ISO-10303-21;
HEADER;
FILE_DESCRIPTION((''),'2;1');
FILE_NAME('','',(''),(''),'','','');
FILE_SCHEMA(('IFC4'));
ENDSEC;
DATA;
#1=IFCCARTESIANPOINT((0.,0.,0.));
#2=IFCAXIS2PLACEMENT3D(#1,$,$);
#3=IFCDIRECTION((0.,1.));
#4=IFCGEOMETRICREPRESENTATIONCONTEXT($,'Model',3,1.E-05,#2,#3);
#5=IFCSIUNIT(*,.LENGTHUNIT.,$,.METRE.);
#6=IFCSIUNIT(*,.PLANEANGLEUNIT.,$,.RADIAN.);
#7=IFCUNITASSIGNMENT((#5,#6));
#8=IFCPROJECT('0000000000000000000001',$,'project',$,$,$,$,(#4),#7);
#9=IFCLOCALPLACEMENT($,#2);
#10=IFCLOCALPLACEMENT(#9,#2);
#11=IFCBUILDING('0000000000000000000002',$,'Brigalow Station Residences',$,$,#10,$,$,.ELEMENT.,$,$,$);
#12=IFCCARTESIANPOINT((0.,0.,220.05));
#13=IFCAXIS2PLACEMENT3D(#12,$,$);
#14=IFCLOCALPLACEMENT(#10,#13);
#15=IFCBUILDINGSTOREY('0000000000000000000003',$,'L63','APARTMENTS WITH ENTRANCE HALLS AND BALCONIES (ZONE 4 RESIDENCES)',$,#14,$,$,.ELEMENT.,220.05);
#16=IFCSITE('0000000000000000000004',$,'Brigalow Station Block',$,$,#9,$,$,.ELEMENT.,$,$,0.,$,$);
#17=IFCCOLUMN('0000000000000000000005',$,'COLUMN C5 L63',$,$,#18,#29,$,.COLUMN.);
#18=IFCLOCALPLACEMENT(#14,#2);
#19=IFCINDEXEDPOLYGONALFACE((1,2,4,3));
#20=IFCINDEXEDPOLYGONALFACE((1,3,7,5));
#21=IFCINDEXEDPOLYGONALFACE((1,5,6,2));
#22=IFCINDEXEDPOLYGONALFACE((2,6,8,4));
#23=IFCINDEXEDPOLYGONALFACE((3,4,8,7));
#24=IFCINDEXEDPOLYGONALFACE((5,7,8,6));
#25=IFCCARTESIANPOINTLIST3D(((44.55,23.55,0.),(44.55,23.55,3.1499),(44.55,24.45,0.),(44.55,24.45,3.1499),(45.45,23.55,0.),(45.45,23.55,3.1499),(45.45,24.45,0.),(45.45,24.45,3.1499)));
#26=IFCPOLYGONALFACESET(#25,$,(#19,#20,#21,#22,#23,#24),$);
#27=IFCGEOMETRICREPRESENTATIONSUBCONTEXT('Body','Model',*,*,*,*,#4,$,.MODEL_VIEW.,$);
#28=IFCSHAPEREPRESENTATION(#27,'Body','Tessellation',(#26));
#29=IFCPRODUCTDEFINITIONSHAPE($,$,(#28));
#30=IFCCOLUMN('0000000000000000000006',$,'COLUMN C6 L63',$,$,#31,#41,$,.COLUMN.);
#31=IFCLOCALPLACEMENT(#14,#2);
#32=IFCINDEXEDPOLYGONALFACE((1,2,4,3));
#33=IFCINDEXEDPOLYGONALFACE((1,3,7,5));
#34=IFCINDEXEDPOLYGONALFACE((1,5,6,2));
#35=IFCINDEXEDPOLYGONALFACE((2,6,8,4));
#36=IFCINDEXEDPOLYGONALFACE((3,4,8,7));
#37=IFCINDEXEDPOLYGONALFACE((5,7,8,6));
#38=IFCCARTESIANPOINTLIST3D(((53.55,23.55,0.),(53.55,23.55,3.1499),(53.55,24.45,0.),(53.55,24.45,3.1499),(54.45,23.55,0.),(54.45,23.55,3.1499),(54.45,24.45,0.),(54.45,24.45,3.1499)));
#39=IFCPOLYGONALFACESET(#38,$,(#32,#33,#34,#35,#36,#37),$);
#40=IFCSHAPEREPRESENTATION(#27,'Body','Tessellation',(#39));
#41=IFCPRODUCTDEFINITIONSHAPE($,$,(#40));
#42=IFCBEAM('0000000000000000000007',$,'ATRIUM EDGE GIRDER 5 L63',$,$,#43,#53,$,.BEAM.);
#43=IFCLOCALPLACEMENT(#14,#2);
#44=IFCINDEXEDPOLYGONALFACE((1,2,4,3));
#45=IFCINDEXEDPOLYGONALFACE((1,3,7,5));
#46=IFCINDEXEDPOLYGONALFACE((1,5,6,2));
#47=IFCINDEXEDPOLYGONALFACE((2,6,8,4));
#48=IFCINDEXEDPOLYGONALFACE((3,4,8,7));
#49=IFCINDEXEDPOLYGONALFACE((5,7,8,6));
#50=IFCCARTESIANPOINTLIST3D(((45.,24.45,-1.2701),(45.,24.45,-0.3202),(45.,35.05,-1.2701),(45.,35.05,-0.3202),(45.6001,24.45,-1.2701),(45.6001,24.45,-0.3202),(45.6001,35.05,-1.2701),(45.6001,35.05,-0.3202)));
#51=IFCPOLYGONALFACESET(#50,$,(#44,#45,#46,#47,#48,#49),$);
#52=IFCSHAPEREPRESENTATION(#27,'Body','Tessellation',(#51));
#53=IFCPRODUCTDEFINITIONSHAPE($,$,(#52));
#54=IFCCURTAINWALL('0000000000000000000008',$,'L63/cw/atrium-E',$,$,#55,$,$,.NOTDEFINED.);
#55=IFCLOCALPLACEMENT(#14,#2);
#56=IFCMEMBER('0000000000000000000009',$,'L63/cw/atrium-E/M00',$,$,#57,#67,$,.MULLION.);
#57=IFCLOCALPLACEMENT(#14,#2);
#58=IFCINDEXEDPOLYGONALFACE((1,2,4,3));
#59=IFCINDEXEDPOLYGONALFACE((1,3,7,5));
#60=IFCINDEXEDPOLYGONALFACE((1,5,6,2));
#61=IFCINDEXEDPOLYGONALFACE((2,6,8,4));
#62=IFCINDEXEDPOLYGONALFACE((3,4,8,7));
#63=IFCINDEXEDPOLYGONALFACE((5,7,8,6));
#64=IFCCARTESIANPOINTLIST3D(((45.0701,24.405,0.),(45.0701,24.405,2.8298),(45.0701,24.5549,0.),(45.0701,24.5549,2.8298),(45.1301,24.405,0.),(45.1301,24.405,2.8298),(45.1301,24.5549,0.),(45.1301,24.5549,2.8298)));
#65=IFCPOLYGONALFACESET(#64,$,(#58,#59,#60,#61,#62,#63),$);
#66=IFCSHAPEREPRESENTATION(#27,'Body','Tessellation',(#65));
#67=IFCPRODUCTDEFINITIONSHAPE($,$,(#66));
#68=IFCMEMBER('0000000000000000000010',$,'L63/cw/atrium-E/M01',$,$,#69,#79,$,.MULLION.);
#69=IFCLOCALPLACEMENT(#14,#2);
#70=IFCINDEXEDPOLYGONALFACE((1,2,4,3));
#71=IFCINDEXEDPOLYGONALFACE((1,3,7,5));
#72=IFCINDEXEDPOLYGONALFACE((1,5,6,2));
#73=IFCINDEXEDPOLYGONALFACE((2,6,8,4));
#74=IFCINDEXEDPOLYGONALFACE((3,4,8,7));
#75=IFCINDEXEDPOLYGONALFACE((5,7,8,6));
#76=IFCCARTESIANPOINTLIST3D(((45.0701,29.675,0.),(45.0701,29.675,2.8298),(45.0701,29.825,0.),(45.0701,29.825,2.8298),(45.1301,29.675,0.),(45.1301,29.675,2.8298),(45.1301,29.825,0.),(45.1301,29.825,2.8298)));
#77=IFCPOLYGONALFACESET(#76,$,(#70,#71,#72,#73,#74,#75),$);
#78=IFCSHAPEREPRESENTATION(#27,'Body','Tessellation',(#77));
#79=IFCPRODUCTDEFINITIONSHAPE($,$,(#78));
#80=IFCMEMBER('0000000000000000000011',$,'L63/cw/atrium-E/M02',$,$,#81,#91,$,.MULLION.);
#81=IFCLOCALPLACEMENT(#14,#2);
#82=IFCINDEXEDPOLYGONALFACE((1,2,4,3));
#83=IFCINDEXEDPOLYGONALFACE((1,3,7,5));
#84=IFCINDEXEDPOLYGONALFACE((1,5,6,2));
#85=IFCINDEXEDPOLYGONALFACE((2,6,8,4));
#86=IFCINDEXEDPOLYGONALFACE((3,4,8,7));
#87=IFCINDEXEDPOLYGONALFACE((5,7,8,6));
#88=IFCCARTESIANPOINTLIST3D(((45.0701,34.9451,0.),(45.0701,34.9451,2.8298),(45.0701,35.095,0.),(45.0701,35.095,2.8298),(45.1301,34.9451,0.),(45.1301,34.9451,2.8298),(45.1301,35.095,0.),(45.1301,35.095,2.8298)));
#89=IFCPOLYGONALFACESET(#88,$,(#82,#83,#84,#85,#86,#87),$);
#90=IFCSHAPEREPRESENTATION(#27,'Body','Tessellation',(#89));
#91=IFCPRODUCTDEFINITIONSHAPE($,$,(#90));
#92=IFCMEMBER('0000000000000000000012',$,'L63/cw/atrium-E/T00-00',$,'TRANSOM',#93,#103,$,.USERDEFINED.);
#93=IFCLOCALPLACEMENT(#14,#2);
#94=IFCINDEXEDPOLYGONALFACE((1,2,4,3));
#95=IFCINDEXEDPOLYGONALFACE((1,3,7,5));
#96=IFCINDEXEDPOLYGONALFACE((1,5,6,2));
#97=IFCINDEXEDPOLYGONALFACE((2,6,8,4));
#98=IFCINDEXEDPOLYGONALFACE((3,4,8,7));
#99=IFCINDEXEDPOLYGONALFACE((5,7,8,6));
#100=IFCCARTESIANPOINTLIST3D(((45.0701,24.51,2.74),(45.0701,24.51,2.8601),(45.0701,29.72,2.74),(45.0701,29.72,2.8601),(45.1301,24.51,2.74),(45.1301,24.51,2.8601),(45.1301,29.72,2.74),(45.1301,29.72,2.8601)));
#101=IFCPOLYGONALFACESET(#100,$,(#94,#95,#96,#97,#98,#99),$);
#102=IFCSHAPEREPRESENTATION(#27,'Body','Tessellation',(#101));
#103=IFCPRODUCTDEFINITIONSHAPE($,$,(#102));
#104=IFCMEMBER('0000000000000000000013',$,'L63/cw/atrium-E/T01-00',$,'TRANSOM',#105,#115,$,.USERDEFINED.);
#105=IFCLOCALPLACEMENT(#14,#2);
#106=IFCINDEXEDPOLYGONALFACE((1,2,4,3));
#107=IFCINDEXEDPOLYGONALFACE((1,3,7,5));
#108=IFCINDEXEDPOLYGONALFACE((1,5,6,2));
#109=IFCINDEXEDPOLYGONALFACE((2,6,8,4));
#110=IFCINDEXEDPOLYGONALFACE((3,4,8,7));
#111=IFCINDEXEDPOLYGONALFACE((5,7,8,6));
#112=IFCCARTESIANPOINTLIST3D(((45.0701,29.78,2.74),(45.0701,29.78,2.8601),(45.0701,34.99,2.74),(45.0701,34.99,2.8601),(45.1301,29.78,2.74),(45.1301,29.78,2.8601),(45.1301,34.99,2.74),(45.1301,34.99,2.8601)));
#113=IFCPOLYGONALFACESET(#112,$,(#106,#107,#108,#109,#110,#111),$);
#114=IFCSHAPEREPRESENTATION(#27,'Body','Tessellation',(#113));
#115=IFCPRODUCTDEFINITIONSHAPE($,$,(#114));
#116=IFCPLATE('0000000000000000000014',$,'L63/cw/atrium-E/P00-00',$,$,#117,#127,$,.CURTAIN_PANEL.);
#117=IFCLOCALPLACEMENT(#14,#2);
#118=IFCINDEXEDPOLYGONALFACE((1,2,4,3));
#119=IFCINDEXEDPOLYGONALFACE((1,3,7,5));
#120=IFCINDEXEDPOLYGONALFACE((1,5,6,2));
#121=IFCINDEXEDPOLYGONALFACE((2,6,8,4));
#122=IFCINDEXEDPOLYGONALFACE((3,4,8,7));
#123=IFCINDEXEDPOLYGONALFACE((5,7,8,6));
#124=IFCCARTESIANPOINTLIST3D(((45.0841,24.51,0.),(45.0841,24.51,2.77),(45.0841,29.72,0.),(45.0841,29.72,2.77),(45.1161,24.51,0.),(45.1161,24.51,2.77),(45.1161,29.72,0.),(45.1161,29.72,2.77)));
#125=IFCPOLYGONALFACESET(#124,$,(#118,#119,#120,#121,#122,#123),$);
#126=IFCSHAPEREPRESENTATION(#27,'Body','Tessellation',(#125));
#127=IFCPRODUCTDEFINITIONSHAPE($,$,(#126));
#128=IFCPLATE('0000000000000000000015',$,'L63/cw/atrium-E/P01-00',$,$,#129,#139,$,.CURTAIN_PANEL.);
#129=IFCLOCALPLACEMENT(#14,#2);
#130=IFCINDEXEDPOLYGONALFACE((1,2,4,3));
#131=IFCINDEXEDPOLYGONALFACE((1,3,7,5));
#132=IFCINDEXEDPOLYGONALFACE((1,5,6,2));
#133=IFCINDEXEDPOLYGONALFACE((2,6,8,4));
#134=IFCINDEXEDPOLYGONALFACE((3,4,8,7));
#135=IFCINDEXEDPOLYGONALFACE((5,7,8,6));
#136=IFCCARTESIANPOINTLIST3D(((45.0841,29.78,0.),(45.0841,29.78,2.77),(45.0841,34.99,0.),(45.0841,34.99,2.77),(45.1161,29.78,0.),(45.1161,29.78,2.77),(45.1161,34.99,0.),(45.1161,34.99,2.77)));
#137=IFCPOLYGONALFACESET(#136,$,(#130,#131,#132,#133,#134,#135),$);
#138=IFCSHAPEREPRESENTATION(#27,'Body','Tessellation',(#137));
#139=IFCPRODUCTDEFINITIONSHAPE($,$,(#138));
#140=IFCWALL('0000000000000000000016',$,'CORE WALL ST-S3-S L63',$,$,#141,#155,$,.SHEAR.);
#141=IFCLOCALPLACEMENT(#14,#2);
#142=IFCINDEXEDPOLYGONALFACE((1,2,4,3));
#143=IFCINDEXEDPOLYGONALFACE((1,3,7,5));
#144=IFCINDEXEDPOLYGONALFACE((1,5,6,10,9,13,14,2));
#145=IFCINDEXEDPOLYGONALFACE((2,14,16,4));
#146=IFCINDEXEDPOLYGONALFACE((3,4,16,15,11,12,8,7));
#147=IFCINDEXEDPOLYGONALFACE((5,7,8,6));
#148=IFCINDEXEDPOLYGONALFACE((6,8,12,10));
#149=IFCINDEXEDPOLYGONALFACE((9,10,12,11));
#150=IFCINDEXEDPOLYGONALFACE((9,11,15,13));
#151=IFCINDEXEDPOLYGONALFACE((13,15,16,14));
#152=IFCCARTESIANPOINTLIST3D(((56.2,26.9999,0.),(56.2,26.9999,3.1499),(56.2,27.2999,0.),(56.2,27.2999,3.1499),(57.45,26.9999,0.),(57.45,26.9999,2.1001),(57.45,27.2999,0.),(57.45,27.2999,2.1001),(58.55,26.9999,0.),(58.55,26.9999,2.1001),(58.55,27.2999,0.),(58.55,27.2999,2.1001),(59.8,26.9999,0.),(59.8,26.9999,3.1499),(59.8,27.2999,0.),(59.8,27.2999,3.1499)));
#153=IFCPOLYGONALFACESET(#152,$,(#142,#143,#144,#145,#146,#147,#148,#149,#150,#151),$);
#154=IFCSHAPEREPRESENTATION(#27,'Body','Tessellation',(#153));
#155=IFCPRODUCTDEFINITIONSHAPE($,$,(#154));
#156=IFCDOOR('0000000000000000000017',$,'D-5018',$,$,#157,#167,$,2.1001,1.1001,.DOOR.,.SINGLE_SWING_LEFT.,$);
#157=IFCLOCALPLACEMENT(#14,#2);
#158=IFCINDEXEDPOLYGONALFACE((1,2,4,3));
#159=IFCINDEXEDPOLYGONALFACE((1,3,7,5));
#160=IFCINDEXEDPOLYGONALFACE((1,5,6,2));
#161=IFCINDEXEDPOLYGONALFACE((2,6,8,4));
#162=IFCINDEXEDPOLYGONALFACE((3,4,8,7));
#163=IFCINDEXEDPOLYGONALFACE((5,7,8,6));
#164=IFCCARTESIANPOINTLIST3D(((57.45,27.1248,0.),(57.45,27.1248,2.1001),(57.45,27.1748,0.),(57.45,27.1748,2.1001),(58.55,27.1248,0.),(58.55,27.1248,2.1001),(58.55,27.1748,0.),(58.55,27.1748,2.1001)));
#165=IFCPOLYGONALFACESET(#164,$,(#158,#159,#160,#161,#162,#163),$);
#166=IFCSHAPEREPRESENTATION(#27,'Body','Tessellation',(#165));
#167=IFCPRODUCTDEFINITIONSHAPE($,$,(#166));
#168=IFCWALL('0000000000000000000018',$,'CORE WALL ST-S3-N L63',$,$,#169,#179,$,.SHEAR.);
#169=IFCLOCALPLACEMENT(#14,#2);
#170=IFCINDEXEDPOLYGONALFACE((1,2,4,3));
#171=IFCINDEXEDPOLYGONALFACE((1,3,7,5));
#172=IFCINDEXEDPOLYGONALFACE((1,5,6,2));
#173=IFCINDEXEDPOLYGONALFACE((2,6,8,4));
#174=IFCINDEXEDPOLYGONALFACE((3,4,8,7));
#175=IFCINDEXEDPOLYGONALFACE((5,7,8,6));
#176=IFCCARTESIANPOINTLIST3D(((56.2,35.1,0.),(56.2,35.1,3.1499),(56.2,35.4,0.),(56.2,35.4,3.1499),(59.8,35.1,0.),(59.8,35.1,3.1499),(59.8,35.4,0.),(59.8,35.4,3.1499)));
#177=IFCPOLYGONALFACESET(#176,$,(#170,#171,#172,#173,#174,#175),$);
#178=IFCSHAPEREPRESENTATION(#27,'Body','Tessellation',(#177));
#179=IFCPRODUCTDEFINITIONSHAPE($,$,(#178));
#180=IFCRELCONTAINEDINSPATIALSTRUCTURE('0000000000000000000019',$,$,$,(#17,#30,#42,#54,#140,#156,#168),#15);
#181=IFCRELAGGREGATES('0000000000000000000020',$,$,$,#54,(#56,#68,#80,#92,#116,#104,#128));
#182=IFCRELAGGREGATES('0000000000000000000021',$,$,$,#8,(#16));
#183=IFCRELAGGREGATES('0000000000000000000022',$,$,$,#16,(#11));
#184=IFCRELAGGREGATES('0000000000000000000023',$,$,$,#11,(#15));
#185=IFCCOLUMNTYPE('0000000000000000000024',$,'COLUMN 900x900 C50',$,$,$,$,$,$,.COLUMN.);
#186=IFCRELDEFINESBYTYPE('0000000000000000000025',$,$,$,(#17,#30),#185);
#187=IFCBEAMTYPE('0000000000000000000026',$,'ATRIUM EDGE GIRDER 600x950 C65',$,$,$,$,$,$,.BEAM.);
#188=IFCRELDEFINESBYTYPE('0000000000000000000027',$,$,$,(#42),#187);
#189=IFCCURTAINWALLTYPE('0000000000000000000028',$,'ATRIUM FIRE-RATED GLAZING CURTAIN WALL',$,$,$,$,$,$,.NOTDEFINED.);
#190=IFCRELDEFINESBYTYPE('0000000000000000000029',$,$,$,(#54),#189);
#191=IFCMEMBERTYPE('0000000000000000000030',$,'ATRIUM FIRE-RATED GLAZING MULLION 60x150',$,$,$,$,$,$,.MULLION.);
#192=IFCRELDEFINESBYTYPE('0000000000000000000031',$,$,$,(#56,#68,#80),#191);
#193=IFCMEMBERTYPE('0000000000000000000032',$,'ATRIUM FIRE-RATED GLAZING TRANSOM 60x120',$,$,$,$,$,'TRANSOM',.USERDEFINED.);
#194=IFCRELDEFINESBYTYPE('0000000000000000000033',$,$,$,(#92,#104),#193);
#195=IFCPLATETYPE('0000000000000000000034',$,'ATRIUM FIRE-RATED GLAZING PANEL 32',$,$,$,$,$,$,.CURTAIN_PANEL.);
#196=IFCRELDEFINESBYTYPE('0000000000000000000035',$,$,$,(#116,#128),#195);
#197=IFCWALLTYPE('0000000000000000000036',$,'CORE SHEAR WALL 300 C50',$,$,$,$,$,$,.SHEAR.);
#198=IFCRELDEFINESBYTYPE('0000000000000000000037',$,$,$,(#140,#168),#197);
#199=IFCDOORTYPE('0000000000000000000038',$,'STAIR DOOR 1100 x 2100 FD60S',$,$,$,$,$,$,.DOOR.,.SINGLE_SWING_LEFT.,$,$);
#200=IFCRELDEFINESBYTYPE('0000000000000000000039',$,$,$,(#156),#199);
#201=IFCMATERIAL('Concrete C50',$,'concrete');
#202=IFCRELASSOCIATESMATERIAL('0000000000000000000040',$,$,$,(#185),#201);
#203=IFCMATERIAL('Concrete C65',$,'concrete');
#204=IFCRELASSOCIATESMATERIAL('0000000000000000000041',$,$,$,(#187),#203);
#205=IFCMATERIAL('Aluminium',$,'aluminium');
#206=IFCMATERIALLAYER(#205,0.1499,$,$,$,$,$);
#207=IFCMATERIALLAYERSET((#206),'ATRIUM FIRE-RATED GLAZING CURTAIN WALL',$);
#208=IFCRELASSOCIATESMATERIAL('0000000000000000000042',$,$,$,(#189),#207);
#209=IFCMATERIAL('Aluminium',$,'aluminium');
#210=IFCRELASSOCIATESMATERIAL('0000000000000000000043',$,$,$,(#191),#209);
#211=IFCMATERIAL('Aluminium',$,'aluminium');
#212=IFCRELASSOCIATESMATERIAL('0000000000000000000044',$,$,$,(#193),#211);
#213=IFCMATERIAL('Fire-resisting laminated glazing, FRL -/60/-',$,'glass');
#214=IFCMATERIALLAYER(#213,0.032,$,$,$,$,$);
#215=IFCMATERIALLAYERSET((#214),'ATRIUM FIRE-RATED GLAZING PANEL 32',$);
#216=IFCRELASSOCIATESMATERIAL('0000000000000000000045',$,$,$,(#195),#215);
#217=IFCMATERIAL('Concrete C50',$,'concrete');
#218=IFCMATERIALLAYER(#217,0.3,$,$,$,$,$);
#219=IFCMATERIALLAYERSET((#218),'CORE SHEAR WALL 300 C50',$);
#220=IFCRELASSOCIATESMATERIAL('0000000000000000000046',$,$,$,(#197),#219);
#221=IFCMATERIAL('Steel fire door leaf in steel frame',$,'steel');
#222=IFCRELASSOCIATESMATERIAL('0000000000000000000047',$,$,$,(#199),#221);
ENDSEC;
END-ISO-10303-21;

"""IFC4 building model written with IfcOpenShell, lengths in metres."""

from ifc_helpers import new_model, si_unit, direction, frame, frame_2d, origin, origin_2d, place, context, subcontext, project, spatial, rectangle, extrude, material, layer, layer_set, material_profile, profile_set, type_object, element, fill, aggregate, save


model = new_model("IFC4")

# Units and contexts
model_context = context("Model", 3, precision=1e-05, world=origin(), true_north=direction((0.0, 1.0)))
body_context = subcontext(model_context, "Body", "Model", "MODEL_VIEW")
ifc_project = project(units=[si_unit("LENGTHUNIT", "METRE"), si_unit("PLANEANGLEUNIT", "RADIAN")], contexts=[model_context])

# Site, building, storey
site_placement = place(None, origin())
site = spatial("IfcSite", under=ifc_project, at=site_placement, Name="Brigalow Station Block", CompositionType="ELEMENT", RefElevation=0.0)
building_placement = place(site_placement, origin())
building = spatial("IfcBuilding", under=site, at=building_placement, Name="Brigalow Station Residences", CompositionType="ELEMENT")
storey_placement = place(building_placement, frame((0.0, 0.0, 220.05)))
storey = spatial("IfcBuildingStorey", under=building, at=storey_placement, Name="L63", Description="APARTMENTS WITH ENTRANCE HALLS AND BALCONIES (ZONE 4 RESIDENCES)", CompositionType="ELEMENT", Elevation=220.05)

# Columns
ifc_material_1 = material(Name="Concrete C50", Category="concrete")
ifc_material_profile_1 = material_profile(ifc_material_1, rectangle(XDim=0.8999, YDim=0.8999, at=origin_2d()), Name="RC900x900")
ifc_profile_set_1 = profile_set([ifc_material_profile_1], Name="Concrete C50")
column_type = type_object("IfcColumnType", Name="COLUMN 900x900 C50", PredefinedType="COLUMN", material=ifc_profile_set_1)
for number, where, z_axis, x_axis, name in (
    (1, (45.0, 24.0, 0.0), (0.0, 0.0, 1.0), (1.0, 0.0, 0.0), "COLUMN C5 L63"),
    (2, (54.0, 24.0, 0.0), (0.0, 0.0, 1.0), (1.0, 0.0, 0.0), "COLUMN C6 L63"),
):
    element("IfcColumn", number, at=place(storey_placement, frame(where, z_axis=z_axis, x_axis=x_axis)), inside=storey, type_object=column_type, Name=name, PredefinedType="COLUMN", context=body_context, shape_type="SweptSolid", body=[
        extrude(rectangle(XDim=0.8999, YDim=0.8999, at=origin_2d()), origin(), (0.0, 0.0, 1.0), 3.1499),
    ])

# Beam
ifc_material_2 = material(Name="Concrete C65", Category="concrete")
ifc_material_profile_2 = material_profile(ifc_material_2, rectangle(XDim=0.6001, YDim=0.95, at=origin_2d()), Name="RC600x950")
ifc_profile_set_2 = profile_set([ifc_material_profile_2], Name="Concrete C65")
beam_type = type_object("IfcBeamType", Name="ATRIUM EDGE GIRDER 600x950 C65", PredefinedType="BEAM", material=ifc_profile_set_2)
beam_placement = place(storey_placement, frame((45.3, 24.45, -0.7952), z_axis=(0.0, 1.0, 0.0), x_axis=(-1.0, 0.0, 0.0)))
element("IfcBeam", 3, at=beam_placement, inside=storey, type_object=beam_type, Name="ATRIUM EDGE GIRDER 5 L63", PredefinedType="BEAM", context=body_context, shape_type="SweptSolid", body=[
    extrude(rectangle(XDim=0.6001, YDim=0.95, at=origin_2d()), origin(), (0.0, 0.0, 1.0), 10.6001),
])

# Curtain wall, members, plates
ifc_material_3 = material(Name="Aluminium", Category="aluminium")
ifc_layer_1 = layer(ifc_material_3, 0.1499)
ifc_layer_set_1 = layer_set([ifc_layer_1], Name="ATRIUM FIRE-RATED GLAZING CURTAIN WALL")
curtain_wall_type = type_object("IfcCurtainWallType", Name="ATRIUM FIRE-RATED GLAZING CURTAIN WALL", PredefinedType="NOTDEFINED", material=ifc_layer_set_1)
curtain_wall_placement = place(storey_placement, origin())
curtain_wall = element("IfcCurtainWall", 4, at=curtain_wall_placement, inside=storey, type_object=curtain_wall_type, Name="L63/cw/atrium-E", PredefinedType="NOTDEFINED")
ifc_material_4 = material(Name="Aluminium", Category="aluminium")
ifc_material_profile_3 = material_profile(ifc_material_4, rectangle(XDim=0.0601, YDim=0.1499, at=origin_2d()), Name="ATRIUM FIRE-RATED GLAZING MULLION 60x150")
ifc_profile_set_3 = profile_set([ifc_material_profile_3], Name="Aluminium")
member_type_1 = type_object("IfcMemberType", Name="ATRIUM FIRE-RATED GLAZING MULLION 60x150", PredefinedType="MULLION", material=ifc_profile_set_3)
member_1_placement = place(storey_placement, frame((45.1001, 24.48, 0.0), z_axis=(0.0, 0.0, 1.0), x_axis=(-1.0, 0.0, 0.0)))
member_1 = element("IfcMember", 5, at=member_1_placement, type_object=member_type_1, Name="L63/cw/atrium-E/M00", PredefinedType="MULLION", context=body_context, shape_type="SweptSolid", body=[
    extrude(rectangle(XDim=0.0601, YDim=0.1499, at=origin_2d()), origin(), (0.0, 0.0, 1.0), 2.8298),
])
member_2_placement = place(storey_placement, frame((45.1001, 29.75, 0.0), z_axis=(0.0, 0.0, 1.0), x_axis=(-1.0, 0.0, 0.0)))
member_2 = element("IfcMember", 6, at=member_2_placement, type_object=member_type_1, Name="L63/cw/atrium-E/M01", PredefinedType="MULLION", context=body_context, shape_type="SweptSolid", body=[
    extrude(rectangle(XDim=0.0601, YDim=0.1499, at=origin_2d()), origin(), (0.0, 0.0, 1.0), 2.8298),
])
member_3_placement = place(storey_placement, frame((45.1001, 35.02, 0.0), z_axis=(0.0, 0.0, 1.0), x_axis=(-1.0, 0.0, 0.0)))
member_3 = element("IfcMember", 7, at=member_3_placement, type_object=member_type_1, Name="L63/cw/atrium-E/M02", PredefinedType="MULLION", context=body_context, shape_type="SweptSolid", body=[
    extrude(rectangle(XDim=0.0601, YDim=0.1499, at=origin_2d()), origin(), (0.0, 0.0, 1.0), 2.8298),
])
ifc_material_5 = material(Name="Aluminium", Category="aluminium")
ifc_material_profile_4 = material_profile(ifc_material_5, rectangle(XDim=0.0601, YDim=0.1201, at=origin_2d()), Name="ATRIUM FIRE-RATED GLAZING TRANSOM 60x120")
ifc_profile_set_4 = profile_set([ifc_material_profile_4], Name="Aluminium")
member_type_2 = type_object("IfcMemberType", Name="ATRIUM FIRE-RATED GLAZING TRANSOM 60x120", ElementType="TRANSOM", PredefinedType="USERDEFINED", material=ifc_profile_set_4)
member_4_placement = place(storey_placement, frame((45.1001, 24.51, 2.8), z_axis=(0.0, 1.0, 0.0), x_axis=(-1.0, 0.0, 0.0)))
member_4 = element("IfcMember", 8, at=member_4_placement, type_object=member_type_2, Name="L63/cw/atrium-E/T00-00", ObjectType="TRANSOM", PredefinedType="USERDEFINED", context=body_context, shape_type="SweptSolid", body=[
    extrude(rectangle(XDim=0.0601, YDim=0.1201, at=origin_2d()), origin(), (0.0, 0.0, 1.0), 5.21),
])
member_5_placement = place(storey_placement, frame((45.1001, 29.78, 2.8), z_axis=(0.0, 1.0, 0.0), x_axis=(-1.0, 0.0, 0.0)))
member_5 = element("IfcMember", 9, at=member_5_placement, type_object=member_type_2, Name="L63/cw/atrium-E/T01-00", ObjectType="TRANSOM", PredefinedType="USERDEFINED", context=body_context, shape_type="SweptSolid", body=[
    extrude(rectangle(XDim=0.0601, YDim=0.1201, at=origin_2d()), origin(), (0.0, 0.0, 1.0), 5.21),
])
ifc_material_6 = material(Name="Fire-resisting laminated glazing, FRL -/60/-", Category="glass")
ifc_layer_2 = layer(ifc_material_6, 0.032)
ifc_layer_set_2 = layer_set([ifc_layer_2], Name="ATRIUM FIRE-RATED GLAZING PANEL 32")
plate_type = type_object("IfcPlateType", Name="ATRIUM FIRE-RATED GLAZING PANEL 32", PredefinedType="CURTAIN_PANEL", material=ifc_layer_set_2)
plate_1_placement = place(storey_placement, frame((45.1001, 27.115, 0.0), z_axis=(0.0, 0.0, 1.0), x_axis=(0.0, 1.0, 0.0)))
plate_1 = element("IfcPlate", 10, at=plate_1_placement, type_object=plate_type, Name="L63/cw/atrium-E/P00-00", PredefinedType="CURTAIN_PANEL", context=body_context, shape_type="SweptSolid", body=[
    extrude(rectangle(XDim=5.21, YDim=0.032, at=origin_2d()), origin(), (0.0, 0.0, 1.0), 2.77),
])
plate_2_placement = place(storey_placement, frame((45.1001, 32.385, 0.0), z_axis=(0.0, 0.0, 1.0), x_axis=(0.0, 1.0, 0.0)))
plate_2 = element("IfcPlate", 11, at=plate_2_placement, type_object=plate_type, Name="L63/cw/atrium-E/P01-00", PredefinedType="CURTAIN_PANEL", context=body_context, shape_type="SweptSolid", body=[
    extrude(rectangle(XDim=5.21, YDim=0.032, at=origin_2d()), origin(), (0.0, 0.0, 1.0), 2.77),
])
aggregate(curtain_wall, [member_1, member_2, member_3, member_4, plate_1, member_5, plate_2])

# Wall, opening, door
ifc_material_7 = material(Name="Concrete C50", Category="concrete")
ifc_layer_3 = layer(ifc_material_7, 0.3)
ifc_layer_set_3 = layer_set([ifc_layer_3], Name="CORE SHEAR WALL 300 C50")
wall_type_1 = type_object("IfcWallType", Name="CORE SHEAR WALL 300 C50", PredefinedType="SHEAR", material=ifc_layer_set_3)
wall_1_placement = place(storey_placement, frame((56.2, 27.1499, 0.0), z_axis=(0.0, 0.0, 1.0), x_axis=(1.0, 0.0, 0.0)))
wall_1 = element("IfcWall", 12, at=wall_1_placement, inside=storey, type_object=wall_type_1, Name="CORE WALL ST-S3-S L63", PredefinedType="SHEAR", context=body_context, shape_type="SweptSolid", body=[
    extrude(rectangle(XDim=3.6001, YDim=0.3, at=frame_2d((1.8, 0.0))), origin(), (0.0, 0.0, 1.0), 3.1499),
])
opening_1_placement = place(wall_1_placement, frame((1.25, 0.0, 0.0)))
opening_1 = element("IfcOpeningElement", 13, at=opening_1_placement, cuts=wall_1, PredefinedType="OPENING", context=body_context, shape_type="SweptSolid", body=[
    extrude(rectangle(XDim=1.1001, YDim=2.1001, at=frame_2d((0.55, 1.05))), frame((0.0, 0.1602, 0.0), z_axis=(0.0, -1.0, 0.0), x_axis=(1.0, 0.0, 0.0)), (0.0, 0.0, 1.0), 0.3201),
])
ifc_material_8 = material(Name="Steel fire door leaf in steel frame", Category="steel")
door_type_1 = type_object("IfcDoorType", Name="STAIR DOOR 1100 x 2100 FD60S", OperationType="SINGLE_SWING_LEFT", PredefinedType="DOOR", material=ifc_material_8)
door_1_placement = place(opening_1_placement, origin())
door_1 = element("IfcDoor", 14, at=door_1_placement, inside=storey, type_object=door_type_1, Name="D-5018", OperationType="SINGLE_SWING_LEFT", OverallHeight=2.1001, OverallWidth=1.1001, PredefinedType="DOOR", context=body_context, shape_type="SweptSolid", body=[
    extrude(rectangle(XDim=1.1001, YDim=2.1001, at=frame_2d((0.55, 1.05))), frame((0.0, 0.0249, 0.0), z_axis=(0.0, -1.0, 0.0), x_axis=(1.0, 0.0, 0.0)), (0.0, 0.0, 1.0), 0.05),
])
fill(opening_1, door_1)

# Wall
wall_2_placement = place(storey_placement, frame((56.2, 35.25, 0.0), z_axis=(0.0, 0.0, 1.0), x_axis=(1.0, 0.0, 0.0)))
element("IfcWall", 15, at=wall_2_placement, inside=storey, type_object=wall_type_1, Name="CORE WALL ST-S3-N L63", PredefinedType="SHEAR", context=body_context, shape_type="SweptSolid", body=[
    extrude(rectangle(XDim=3.6001, YDim=0.3, at=frame_2d((1.8, 0.0))), origin(), (0.0, 0.0, 1.0), 3.1499),
])

save(model, "model.ifc")
